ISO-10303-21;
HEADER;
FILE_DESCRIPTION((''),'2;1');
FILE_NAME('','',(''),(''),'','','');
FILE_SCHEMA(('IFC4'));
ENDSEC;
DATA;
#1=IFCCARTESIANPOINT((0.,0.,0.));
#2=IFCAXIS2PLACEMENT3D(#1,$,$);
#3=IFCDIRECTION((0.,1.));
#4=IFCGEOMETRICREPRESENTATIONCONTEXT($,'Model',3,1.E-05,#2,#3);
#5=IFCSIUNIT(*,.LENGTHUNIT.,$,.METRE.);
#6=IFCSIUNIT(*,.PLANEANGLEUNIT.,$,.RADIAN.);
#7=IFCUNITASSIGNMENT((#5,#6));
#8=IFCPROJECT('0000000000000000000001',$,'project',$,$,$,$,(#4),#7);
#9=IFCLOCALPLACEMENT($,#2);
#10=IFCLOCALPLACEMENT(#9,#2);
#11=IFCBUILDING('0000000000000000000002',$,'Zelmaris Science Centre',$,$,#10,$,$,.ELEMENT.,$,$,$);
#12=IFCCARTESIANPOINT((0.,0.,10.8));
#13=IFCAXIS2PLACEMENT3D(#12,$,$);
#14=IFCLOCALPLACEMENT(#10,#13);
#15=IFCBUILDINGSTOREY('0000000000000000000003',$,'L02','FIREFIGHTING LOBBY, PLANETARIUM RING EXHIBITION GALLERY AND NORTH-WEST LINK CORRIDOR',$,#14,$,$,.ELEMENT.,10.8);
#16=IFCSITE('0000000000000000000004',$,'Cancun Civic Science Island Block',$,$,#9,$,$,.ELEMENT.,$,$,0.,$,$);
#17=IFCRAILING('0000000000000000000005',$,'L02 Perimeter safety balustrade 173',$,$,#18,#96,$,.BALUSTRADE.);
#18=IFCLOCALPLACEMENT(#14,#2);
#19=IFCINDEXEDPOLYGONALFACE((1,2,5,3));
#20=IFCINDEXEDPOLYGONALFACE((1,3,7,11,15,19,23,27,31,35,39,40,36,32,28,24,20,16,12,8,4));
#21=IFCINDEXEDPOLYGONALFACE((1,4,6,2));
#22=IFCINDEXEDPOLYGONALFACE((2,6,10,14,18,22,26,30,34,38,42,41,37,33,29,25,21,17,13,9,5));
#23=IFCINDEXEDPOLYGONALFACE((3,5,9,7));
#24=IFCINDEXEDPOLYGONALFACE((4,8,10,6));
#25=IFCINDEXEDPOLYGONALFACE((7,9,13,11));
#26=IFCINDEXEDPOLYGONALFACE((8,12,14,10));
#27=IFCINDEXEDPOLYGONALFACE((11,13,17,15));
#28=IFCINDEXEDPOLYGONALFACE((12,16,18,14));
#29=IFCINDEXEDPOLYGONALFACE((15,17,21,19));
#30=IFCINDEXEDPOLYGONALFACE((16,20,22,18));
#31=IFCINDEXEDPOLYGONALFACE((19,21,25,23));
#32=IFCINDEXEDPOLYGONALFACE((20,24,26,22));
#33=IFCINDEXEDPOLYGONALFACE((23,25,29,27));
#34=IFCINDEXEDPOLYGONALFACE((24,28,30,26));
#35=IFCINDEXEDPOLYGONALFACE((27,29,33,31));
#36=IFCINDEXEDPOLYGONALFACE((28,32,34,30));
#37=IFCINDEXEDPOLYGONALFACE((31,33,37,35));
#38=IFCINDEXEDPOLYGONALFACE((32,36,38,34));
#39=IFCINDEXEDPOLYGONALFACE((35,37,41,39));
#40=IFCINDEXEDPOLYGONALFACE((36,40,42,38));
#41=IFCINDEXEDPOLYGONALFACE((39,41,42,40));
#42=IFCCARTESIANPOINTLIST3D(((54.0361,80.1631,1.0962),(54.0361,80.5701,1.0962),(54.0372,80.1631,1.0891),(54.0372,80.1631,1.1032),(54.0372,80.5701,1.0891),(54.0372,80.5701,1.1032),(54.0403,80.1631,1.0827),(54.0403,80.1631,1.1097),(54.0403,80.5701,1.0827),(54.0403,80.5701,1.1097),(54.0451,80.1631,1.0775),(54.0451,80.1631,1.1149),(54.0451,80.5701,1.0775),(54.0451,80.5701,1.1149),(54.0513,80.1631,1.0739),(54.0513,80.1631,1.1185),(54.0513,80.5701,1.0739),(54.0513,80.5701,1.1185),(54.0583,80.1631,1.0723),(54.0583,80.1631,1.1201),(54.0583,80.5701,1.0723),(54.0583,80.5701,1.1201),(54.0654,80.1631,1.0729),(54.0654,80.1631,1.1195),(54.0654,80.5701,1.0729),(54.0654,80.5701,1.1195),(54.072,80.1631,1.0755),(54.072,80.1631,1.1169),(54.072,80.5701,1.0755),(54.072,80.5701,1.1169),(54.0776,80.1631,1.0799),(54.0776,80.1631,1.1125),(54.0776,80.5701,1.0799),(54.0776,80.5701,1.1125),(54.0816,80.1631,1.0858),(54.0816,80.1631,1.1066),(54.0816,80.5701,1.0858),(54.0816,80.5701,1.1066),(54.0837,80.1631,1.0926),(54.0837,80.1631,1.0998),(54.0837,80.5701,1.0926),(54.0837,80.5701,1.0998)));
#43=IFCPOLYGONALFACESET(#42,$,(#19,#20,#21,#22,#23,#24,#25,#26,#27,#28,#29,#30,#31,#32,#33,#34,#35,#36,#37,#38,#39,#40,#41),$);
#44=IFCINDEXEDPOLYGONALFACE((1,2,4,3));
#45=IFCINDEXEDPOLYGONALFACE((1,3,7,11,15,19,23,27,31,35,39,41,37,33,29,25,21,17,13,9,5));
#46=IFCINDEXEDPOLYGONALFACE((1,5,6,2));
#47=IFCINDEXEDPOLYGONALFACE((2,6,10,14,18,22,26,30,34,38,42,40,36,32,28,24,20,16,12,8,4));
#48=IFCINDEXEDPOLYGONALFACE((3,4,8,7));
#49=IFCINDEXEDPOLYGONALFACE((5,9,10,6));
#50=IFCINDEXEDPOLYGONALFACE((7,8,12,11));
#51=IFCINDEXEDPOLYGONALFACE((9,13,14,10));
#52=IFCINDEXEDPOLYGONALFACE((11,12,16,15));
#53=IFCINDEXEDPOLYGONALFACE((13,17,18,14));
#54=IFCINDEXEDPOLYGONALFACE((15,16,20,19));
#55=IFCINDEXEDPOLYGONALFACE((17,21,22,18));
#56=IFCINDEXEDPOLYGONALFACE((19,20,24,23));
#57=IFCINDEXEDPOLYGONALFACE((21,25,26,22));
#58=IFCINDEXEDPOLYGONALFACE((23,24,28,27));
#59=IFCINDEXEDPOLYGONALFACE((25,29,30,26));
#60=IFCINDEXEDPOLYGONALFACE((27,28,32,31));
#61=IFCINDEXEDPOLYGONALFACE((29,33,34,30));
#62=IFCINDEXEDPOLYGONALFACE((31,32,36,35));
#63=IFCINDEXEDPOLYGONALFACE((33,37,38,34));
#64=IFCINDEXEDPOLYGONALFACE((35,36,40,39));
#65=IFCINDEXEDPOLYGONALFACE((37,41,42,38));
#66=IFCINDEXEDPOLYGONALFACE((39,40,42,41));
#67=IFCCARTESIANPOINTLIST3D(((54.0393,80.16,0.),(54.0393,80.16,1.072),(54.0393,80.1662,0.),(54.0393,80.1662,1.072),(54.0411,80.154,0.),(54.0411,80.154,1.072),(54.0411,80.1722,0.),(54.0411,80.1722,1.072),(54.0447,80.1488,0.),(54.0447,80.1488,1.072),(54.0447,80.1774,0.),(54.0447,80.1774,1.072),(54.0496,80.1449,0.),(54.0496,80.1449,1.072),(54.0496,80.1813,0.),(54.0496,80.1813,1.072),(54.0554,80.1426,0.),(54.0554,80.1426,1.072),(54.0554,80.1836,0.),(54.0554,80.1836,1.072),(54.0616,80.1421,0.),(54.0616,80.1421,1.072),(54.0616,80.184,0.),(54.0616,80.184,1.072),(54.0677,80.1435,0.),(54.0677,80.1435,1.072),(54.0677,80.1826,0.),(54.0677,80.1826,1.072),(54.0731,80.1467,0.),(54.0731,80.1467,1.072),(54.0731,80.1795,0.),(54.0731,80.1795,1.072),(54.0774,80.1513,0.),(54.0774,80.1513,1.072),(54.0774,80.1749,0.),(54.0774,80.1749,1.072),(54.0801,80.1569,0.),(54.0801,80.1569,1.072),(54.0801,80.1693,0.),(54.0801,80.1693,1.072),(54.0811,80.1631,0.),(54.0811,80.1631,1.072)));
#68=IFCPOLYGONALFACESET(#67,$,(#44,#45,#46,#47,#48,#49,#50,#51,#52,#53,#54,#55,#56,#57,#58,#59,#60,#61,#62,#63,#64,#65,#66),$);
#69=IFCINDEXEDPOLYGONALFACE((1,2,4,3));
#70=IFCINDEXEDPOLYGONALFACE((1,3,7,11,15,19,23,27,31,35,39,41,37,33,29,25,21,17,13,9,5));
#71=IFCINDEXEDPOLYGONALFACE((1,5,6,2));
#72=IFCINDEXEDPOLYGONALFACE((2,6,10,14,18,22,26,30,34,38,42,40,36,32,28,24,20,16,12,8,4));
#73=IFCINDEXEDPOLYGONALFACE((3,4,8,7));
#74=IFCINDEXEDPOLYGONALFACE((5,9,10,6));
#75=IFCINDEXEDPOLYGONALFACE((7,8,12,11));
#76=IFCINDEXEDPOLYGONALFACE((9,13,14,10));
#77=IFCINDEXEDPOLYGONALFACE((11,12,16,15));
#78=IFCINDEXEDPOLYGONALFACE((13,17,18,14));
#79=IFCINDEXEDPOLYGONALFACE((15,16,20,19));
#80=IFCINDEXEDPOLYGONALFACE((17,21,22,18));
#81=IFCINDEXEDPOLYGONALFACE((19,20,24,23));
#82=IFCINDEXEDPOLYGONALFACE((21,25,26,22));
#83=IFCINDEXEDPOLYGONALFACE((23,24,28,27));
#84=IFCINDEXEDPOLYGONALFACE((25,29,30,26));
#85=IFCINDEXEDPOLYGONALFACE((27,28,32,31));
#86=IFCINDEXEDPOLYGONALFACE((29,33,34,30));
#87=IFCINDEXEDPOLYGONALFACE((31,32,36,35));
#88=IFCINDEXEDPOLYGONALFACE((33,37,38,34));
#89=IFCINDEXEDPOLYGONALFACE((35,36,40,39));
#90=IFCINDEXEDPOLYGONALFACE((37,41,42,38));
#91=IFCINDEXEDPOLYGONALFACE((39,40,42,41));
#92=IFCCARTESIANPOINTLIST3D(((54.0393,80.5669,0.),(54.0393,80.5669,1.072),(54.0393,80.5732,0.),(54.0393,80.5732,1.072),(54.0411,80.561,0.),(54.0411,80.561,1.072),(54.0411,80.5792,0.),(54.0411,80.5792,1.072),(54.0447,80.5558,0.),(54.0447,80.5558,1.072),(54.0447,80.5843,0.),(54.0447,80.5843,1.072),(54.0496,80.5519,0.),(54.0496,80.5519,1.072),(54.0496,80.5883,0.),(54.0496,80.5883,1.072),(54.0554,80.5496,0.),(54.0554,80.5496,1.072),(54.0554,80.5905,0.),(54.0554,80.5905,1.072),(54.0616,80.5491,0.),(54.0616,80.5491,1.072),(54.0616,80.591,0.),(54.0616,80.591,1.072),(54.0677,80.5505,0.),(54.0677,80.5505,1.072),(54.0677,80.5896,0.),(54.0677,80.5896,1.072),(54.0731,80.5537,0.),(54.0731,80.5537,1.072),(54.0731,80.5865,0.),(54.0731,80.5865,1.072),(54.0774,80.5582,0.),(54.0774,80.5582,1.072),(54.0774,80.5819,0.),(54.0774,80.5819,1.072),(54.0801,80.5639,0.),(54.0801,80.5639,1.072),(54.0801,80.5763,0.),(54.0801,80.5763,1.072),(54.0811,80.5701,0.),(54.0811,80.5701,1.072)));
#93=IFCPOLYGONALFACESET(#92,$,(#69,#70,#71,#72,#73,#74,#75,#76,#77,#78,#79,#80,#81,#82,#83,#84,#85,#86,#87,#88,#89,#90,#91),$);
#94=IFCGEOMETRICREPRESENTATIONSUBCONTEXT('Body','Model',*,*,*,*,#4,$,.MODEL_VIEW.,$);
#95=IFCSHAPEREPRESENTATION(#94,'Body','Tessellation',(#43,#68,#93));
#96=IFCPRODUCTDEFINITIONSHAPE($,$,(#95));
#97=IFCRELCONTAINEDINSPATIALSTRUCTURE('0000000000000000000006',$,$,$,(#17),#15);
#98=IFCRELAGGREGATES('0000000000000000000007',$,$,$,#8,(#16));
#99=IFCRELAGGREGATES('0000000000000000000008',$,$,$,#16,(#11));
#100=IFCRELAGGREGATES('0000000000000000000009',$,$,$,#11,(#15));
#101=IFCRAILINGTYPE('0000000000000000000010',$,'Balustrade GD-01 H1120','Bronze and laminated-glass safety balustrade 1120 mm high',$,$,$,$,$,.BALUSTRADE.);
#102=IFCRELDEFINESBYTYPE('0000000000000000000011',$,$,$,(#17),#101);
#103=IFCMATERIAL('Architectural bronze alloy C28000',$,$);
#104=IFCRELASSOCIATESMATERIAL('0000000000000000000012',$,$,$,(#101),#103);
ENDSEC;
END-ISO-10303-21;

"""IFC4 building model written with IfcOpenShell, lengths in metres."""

from ifc_helpers import new_model, si_unit, direction, frame, origin, origin_2d, place, context, subcontext, project, spatial, circle, extrude, material, type_object, element, save


model = new_model("IFC4")

# Units and contexts
model_context = context("Model", 3, precision=1e-05, world=origin(), true_north=direction((0.0, 1.0)))
body_context = subcontext(model_context, "Body", "Model", "MODEL_VIEW")
ifc_project = project(units=[si_unit("LENGTHUNIT", "METRE"), si_unit("PLANEANGLEUNIT", "RADIAN")], contexts=[model_context])

# Site, building, storey
site_placement = place(None, origin())
site = spatial("IfcSite", under=ifc_project, at=site_placement, Name="Cancun Civic Science Island Block", CompositionType="ELEMENT", RefElevation=0.0)
building_placement = place(site_placement, origin())
building = spatial("IfcBuilding", under=site, at=building_placement, Name="Zelmaris Science Centre", CompositionType="ELEMENT")
storey_placement = place(building_placement, frame((0.0, 0.0, 10.8)))
storey = spatial("IfcBuildingStorey", under=building, at=storey_placement, Name="L02", Description="FIREFIGHTING LOBBY, PLANETARIUM RING EXHIBITION GALLERY AND NORTH-WEST LINK CORRIDOR", CompositionType="ELEMENT", Elevation=10.8)

# Railing
ifc_material_1 = material(Name="Architectural bronze alloy C28000")
railing_type = type_object("IfcRailingType", Name="Balustrade GD-01 H1120", Description="Bronze and laminated-glass safety balustrade 1120 mm high", PredefinedType="BALUSTRADE", material=ifc_material_1)
railing_placement = place(storey_placement, frame((54.0601, 80.1631, 0.0)))
element("IfcRailing", 1, at=railing_placement, inside=storey, type_object=railing_type, Name="L02 Perimeter safety balustrade 173", PredefinedType="BALUSTRADE", context=body_context, shape_type="SweptSolid", body=[
    extrude(circle(Radius=0.0239, at=origin_2d()), frame((0.0, 0.0, 1.0962), z_axis=(0.0, 1.0, 0.0), x_axis=(-1.0, 0.0, 0.0)), (0.0, 0.0, 1.0), 0.407),
    extrude(circle(Radius=0.021, at=origin_2d()), origin(), (0.0, 0.0, 1.0), 1.072),
    extrude(circle(Radius=0.021, at=origin_2d()), frame((0.0, 0.407, 0.0)), (0.0, 0.0, 1.0), 1.072),
])

save(model, "model.ifc")
